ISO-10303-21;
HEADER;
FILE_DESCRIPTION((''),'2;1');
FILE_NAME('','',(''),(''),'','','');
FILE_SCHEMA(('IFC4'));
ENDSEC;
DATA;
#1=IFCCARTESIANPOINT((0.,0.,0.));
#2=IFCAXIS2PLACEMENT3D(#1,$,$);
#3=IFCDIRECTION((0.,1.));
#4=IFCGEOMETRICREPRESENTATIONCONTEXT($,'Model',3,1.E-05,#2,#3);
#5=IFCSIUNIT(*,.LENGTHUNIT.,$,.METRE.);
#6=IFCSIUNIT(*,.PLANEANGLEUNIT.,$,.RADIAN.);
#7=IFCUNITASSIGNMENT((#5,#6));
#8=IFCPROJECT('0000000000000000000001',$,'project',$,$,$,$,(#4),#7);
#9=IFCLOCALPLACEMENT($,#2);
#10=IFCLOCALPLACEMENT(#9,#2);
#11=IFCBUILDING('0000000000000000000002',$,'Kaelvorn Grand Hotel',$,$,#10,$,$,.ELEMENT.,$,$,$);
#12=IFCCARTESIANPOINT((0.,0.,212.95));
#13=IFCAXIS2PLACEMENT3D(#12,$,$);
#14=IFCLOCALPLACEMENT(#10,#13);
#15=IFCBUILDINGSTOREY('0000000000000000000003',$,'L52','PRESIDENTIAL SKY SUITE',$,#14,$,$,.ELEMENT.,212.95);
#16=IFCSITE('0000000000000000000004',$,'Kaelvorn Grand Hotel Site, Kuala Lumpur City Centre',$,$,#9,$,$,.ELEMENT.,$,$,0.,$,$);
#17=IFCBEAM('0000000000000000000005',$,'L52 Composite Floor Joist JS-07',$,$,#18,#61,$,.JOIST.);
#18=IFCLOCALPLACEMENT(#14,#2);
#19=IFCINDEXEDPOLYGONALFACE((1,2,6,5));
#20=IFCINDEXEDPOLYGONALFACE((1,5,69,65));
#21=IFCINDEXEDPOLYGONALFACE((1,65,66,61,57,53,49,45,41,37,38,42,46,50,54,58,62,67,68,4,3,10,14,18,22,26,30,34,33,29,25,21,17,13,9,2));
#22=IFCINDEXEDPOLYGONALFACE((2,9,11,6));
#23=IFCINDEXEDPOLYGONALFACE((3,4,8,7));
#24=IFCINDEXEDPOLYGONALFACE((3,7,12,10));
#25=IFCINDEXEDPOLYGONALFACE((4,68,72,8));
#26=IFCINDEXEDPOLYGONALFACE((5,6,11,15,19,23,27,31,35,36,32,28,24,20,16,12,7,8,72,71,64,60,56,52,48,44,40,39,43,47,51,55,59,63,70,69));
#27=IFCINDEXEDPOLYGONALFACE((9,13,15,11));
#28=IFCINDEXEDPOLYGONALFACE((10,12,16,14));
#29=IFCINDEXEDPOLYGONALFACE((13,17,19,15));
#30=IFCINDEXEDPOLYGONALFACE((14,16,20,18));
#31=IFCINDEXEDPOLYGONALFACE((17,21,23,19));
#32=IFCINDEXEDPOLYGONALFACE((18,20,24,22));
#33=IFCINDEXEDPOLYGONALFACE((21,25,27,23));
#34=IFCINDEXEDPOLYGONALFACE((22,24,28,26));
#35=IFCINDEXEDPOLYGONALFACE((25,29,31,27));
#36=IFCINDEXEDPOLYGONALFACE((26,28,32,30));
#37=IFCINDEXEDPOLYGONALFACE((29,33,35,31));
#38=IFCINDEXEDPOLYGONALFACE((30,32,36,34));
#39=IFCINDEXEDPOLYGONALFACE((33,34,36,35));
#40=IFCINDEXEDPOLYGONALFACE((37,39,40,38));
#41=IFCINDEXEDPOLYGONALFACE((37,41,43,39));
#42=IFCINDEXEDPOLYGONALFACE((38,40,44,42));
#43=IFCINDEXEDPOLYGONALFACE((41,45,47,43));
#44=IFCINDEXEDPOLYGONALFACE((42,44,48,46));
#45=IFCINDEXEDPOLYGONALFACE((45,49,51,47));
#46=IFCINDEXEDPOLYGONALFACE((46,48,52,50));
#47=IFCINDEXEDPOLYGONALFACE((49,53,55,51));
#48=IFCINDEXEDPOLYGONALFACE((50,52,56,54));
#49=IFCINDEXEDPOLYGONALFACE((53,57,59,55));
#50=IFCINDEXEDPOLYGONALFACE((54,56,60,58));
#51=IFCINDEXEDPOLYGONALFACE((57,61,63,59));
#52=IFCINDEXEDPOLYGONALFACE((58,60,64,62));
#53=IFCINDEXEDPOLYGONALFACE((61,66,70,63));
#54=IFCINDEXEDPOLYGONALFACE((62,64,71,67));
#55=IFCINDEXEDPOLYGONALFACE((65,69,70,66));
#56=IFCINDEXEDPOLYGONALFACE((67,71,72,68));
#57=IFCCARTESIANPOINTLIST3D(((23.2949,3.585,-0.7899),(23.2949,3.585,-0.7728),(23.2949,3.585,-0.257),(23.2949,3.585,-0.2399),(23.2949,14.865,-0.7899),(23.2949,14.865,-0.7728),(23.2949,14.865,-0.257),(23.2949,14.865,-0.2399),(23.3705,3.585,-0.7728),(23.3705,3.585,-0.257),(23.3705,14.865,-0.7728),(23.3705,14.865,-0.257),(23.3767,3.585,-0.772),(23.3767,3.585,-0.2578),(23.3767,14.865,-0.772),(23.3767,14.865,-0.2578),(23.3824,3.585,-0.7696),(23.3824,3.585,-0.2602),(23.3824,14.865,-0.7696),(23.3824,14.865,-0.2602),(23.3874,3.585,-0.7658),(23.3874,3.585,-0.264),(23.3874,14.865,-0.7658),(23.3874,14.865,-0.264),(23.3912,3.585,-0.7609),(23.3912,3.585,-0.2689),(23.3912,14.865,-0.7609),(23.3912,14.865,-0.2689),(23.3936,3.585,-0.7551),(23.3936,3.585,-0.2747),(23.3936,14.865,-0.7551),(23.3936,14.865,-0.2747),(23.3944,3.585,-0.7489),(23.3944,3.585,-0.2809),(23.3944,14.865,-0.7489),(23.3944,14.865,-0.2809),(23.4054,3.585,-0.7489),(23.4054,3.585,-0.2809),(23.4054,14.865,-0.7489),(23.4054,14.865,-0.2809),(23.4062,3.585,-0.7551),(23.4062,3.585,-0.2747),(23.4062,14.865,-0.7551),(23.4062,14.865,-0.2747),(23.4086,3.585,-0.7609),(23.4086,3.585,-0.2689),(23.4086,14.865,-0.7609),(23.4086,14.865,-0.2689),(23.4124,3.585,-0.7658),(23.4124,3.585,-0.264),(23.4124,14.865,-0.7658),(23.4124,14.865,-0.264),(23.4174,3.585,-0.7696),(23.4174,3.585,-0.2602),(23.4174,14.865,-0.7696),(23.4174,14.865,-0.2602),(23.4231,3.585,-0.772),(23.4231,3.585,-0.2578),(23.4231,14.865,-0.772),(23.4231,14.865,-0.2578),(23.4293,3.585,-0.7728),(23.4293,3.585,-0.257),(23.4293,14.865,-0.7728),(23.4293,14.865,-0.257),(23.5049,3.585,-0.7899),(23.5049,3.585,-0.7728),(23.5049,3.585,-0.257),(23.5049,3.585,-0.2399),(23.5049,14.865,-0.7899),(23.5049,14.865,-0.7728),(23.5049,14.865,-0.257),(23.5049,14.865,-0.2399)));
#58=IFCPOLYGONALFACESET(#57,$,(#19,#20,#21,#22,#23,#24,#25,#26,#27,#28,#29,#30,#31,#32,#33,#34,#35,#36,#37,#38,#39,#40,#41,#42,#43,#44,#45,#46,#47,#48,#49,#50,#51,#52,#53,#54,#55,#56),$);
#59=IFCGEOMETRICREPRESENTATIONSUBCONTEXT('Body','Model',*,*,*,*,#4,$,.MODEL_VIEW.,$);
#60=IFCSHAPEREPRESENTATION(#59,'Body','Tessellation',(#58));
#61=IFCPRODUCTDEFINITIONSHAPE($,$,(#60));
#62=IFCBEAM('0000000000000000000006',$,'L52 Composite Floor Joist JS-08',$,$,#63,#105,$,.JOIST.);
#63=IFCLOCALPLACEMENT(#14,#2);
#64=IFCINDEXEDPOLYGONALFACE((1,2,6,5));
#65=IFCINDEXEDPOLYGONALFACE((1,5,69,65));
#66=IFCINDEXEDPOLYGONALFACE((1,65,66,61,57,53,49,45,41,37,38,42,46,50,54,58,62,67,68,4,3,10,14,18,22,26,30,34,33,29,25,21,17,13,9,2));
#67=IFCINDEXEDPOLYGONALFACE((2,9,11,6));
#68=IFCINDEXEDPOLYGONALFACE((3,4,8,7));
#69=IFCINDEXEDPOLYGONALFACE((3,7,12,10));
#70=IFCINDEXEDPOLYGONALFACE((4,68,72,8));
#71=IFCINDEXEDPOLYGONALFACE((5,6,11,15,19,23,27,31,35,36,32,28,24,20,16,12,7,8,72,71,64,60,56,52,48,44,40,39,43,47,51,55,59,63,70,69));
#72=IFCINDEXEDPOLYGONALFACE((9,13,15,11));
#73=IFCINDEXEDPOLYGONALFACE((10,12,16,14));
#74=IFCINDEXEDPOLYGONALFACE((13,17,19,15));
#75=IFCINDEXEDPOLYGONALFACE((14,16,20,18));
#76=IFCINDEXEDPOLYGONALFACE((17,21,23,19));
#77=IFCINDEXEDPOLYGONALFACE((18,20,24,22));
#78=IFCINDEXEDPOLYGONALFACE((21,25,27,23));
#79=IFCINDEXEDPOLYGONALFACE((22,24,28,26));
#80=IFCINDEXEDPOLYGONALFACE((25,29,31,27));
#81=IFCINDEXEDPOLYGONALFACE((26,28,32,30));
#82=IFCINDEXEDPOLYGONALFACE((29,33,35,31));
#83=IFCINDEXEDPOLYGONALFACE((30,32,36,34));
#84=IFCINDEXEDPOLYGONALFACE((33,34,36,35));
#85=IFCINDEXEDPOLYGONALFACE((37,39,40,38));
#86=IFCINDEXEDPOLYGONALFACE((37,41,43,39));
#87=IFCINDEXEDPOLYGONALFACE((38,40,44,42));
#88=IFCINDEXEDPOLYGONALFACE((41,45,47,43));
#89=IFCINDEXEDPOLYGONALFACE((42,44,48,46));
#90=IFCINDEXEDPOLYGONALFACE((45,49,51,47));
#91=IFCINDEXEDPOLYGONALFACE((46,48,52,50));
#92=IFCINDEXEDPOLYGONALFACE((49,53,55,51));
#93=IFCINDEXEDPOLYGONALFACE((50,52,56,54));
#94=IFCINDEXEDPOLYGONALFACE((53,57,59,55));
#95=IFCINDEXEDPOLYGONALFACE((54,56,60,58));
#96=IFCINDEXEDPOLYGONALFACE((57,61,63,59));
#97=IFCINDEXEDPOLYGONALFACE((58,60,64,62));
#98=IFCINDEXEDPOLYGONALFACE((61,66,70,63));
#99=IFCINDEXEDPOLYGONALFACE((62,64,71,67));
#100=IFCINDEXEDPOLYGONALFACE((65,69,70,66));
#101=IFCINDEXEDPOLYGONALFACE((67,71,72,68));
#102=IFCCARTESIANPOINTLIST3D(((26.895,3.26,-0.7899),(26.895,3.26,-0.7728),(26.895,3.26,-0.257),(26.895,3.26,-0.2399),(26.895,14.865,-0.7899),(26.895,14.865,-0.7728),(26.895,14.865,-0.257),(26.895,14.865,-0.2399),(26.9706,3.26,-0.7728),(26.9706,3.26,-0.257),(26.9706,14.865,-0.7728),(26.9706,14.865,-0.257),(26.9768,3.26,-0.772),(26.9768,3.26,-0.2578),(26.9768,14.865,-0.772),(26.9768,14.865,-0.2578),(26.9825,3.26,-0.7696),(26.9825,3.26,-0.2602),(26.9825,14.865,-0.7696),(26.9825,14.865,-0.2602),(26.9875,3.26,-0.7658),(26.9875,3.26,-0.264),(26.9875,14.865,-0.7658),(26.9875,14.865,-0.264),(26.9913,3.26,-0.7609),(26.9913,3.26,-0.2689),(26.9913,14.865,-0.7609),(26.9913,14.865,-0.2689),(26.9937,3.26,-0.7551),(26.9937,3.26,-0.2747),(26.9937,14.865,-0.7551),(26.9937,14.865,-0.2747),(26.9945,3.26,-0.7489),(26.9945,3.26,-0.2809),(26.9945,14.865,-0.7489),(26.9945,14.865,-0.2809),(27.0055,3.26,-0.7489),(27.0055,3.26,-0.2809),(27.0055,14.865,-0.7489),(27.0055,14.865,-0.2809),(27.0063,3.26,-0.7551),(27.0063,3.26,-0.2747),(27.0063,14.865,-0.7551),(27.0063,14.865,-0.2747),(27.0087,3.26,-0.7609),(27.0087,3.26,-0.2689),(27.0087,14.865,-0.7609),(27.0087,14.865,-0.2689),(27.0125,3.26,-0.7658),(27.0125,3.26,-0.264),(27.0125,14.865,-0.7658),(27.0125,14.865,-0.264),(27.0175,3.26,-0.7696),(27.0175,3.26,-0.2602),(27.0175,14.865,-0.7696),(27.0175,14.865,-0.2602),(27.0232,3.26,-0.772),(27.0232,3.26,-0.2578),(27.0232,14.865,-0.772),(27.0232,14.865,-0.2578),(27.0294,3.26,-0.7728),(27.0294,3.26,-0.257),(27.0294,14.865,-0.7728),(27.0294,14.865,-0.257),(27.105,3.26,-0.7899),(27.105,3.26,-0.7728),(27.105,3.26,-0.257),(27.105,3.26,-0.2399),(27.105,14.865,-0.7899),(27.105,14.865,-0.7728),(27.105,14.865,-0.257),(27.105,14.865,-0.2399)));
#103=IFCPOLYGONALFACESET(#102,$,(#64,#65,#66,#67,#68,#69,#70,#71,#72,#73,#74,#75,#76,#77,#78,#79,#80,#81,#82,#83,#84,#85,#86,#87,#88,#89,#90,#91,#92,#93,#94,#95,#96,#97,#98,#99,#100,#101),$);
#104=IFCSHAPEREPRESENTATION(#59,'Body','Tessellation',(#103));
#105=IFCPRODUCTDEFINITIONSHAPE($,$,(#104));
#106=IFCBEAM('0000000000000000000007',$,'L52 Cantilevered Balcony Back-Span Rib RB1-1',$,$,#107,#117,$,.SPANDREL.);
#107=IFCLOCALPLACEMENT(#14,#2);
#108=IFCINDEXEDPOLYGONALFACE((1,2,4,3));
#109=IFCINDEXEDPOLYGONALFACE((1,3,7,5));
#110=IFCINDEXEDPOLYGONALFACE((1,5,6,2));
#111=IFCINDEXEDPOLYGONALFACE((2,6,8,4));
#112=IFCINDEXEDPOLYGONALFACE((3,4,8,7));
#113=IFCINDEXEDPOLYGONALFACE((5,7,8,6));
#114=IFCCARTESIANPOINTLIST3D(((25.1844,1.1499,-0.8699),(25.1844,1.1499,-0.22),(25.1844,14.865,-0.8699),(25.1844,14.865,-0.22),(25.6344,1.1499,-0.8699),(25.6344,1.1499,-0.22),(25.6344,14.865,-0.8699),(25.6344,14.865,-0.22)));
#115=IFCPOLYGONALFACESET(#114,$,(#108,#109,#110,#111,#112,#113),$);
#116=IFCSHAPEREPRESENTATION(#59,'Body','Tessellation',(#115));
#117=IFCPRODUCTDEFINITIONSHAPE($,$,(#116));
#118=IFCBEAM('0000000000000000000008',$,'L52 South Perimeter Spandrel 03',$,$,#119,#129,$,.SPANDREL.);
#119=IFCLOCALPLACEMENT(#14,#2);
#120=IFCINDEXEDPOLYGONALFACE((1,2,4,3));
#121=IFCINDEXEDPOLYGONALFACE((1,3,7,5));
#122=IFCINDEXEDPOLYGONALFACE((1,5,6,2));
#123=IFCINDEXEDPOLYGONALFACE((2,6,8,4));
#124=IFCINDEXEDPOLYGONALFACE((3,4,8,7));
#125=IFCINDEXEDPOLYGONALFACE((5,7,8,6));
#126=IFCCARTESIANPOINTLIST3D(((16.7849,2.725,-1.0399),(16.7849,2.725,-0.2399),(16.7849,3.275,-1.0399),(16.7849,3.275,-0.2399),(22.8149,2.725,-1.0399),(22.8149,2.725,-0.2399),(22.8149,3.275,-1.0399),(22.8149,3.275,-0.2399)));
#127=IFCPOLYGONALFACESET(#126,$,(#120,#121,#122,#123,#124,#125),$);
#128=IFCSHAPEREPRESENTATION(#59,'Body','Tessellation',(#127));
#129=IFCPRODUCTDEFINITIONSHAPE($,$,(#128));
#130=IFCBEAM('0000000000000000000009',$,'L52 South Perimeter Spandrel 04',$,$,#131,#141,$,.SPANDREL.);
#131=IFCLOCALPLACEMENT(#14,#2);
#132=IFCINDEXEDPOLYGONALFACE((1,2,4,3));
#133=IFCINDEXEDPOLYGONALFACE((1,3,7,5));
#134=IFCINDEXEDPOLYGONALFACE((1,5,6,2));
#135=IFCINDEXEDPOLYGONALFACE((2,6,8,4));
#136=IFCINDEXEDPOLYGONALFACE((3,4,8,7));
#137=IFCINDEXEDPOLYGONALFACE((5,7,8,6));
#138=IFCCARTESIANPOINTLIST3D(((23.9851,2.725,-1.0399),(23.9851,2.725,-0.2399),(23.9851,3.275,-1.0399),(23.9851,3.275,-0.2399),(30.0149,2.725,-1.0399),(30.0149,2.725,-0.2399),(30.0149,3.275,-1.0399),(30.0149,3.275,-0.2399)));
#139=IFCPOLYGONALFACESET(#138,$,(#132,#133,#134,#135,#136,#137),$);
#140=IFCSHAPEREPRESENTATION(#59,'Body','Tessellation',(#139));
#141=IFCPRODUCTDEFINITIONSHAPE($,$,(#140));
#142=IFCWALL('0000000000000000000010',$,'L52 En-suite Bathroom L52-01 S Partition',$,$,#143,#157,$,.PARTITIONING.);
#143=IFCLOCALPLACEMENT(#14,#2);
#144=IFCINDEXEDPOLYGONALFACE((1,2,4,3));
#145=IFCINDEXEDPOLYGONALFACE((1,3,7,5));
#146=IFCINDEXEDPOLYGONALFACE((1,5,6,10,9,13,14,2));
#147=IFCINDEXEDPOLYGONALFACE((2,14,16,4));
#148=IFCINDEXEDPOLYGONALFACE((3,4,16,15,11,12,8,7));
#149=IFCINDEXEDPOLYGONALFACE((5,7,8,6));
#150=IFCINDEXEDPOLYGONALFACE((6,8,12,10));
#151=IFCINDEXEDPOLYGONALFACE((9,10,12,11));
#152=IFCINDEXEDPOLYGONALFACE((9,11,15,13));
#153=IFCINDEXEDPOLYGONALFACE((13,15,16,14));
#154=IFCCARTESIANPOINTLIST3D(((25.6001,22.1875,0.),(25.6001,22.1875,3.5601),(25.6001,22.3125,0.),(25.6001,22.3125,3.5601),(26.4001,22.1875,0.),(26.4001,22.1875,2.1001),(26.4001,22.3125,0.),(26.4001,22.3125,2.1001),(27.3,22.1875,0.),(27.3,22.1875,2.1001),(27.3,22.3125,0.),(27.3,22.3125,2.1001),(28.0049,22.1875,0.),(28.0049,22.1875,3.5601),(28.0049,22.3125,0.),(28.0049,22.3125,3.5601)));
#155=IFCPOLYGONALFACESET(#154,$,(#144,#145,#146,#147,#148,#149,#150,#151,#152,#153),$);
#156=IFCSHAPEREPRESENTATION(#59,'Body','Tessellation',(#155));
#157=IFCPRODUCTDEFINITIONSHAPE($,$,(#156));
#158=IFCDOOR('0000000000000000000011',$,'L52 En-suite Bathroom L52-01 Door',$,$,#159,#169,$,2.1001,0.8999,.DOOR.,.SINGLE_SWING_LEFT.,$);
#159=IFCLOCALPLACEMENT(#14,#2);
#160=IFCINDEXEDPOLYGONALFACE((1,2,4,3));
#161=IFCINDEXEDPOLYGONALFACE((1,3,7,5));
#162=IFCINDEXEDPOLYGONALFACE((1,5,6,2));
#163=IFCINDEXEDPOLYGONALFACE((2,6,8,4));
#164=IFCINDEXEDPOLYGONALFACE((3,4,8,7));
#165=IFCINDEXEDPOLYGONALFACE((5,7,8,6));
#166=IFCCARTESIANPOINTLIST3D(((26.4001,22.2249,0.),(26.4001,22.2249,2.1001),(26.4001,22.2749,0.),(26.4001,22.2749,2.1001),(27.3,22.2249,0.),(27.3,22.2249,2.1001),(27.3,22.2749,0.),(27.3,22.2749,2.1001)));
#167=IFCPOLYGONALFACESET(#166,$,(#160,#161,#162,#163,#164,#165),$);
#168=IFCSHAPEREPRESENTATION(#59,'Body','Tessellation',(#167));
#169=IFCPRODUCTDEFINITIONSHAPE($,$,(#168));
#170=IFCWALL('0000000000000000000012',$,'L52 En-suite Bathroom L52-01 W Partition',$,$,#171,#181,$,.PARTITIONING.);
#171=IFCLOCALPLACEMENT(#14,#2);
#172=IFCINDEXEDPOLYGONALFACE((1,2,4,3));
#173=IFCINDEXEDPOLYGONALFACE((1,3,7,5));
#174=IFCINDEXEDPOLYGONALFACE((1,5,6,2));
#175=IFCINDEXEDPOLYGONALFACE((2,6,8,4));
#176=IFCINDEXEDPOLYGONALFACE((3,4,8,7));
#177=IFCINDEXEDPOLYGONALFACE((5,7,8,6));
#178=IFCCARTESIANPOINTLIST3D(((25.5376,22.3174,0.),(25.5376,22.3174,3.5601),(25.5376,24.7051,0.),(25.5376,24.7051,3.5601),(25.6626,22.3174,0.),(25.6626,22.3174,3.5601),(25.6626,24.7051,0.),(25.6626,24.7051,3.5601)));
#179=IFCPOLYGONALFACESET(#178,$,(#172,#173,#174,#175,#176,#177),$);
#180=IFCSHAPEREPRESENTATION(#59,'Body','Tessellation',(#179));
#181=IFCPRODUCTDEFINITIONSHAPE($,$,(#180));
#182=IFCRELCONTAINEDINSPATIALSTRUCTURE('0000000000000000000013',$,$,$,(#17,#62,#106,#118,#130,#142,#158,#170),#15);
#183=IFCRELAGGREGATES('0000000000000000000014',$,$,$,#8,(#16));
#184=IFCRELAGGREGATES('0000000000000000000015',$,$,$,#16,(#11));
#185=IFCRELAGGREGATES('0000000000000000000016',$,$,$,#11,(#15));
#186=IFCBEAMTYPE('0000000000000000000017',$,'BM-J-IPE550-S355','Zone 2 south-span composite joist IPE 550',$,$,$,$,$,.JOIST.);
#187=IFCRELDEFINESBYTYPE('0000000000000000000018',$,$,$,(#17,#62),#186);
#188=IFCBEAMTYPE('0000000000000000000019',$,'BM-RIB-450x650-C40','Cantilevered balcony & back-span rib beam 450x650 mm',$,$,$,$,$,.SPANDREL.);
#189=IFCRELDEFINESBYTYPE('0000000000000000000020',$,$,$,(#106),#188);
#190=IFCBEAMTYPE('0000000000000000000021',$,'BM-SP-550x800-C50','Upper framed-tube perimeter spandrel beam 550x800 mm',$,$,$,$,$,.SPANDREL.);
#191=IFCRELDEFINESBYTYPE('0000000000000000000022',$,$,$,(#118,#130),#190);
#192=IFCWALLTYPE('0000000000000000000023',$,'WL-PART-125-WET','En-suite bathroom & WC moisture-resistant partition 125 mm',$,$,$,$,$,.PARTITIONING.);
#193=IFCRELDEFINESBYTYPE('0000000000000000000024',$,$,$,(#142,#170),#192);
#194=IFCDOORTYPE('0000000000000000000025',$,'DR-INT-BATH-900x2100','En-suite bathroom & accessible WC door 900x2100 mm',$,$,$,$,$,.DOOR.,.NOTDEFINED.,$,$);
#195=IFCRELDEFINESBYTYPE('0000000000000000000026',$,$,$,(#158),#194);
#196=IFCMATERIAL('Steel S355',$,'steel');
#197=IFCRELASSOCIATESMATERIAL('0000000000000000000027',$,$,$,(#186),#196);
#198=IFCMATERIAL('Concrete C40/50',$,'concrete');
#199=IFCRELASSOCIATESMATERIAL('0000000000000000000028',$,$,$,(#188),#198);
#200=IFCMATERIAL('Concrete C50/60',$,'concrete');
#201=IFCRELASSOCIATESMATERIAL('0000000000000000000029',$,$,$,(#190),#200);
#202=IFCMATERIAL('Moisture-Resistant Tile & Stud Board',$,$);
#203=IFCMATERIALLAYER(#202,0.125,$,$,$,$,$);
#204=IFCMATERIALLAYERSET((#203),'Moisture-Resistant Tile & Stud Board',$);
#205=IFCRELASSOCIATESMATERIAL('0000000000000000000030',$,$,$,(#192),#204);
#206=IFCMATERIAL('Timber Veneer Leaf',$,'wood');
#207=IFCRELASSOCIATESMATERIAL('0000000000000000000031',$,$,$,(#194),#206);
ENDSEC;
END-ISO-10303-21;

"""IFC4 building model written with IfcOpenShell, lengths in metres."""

from ifc_helpers import new_model, si_unit, direction, frame, frame_2d, origin, origin_2d, place, context, subcontext, project, spatial, rectangle, i_section, extrude, material, layer, layer_set, material_profile, profile_set, type_object, element, fill, save


model = new_model("IFC4")

# Units and contexts
model_context = context("Model", 3, precision=1e-05, world=origin(), true_north=direction((0.0, 1.0)))
body_context = subcontext(model_context, "Body", "Model", "MODEL_VIEW")
ifc_project = project(units=[si_unit("LENGTHUNIT", "METRE"), si_unit("PLANEANGLEUNIT", "RADIAN")], contexts=[model_context])

# Site, building, storey
site_placement = place(None, origin())
site = spatial("IfcSite", under=ifc_project, at=site_placement, Name="Kaelvorn Grand Hotel Site, Kuala Lumpur City Centre", CompositionType="ELEMENT", RefElevation=0.0)
building_placement = place(site_placement, origin())
building = spatial("IfcBuilding", under=site, at=building_placement, Name="Kaelvorn Grand Hotel", CompositionType="ELEMENT")
storey_placement = place(building_placement, frame((0.0, 0.0, 212.95)))
storey = spatial("IfcBuildingStorey", under=building, at=storey_placement, Name="L52", Description="PRESIDENTIAL SKY SUITE", CompositionType="ELEMENT", Elevation=212.95)

# Beams
ifc_material_1 = material(Name="Steel S355", Category="steel")
ifc_material_profile_1 = material_profile(ifc_material_1, i_section(OverallWidth=0.21, OverallDepth=0.55, WebThickness=0.011, FlangeThickness=0.0171, FilletRadius=0.0239, at=origin_2d()), Name="IPE 550")
ifc_profile_set_1 = profile_set([ifc_material_profile_1], Name="Steel S355")
beam_type_1 = type_object("IfcBeamType", Name="BM-J-IPE550-S355", Description="Zone 2 south-span composite joist IPE 550", PredefinedType="JOIST", material=ifc_profile_set_1)
beam_1_placement = place(storey_placement, frame((23.3999, 3.585, -0.5149), z_axis=(0.0, 1.0, 0.0), x_axis=(-1.0, 0.0, 0.0)))
element("IfcBeam", 1, at=beam_1_placement, inside=storey, type_object=beam_type_1, Name="L52 Composite Floor Joist JS-07", PredefinedType="JOIST", context=body_context, shape_type="SweptSolid", body=[
    extrude(i_section(OverallWidth=0.21, OverallDepth=0.55, WebThickness=0.011, FlangeThickness=0.0171, FilletRadius=0.0239, at=origin_2d()), origin(), (0.0, 0.0, 1.0), 11.28),
])
beam_2_placement = place(storey_placement, frame((27.0, 3.26, -0.5149), z_axis=(0.0, 1.0, 0.0), x_axis=(-1.0, 0.0, 0.0)))
element("IfcBeam", 2, at=beam_2_placement, inside=storey, type_object=beam_type_1, Name="L52 Composite Floor Joist JS-08", PredefinedType="JOIST", context=body_context, shape_type="SweptSolid", body=[
    extrude(i_section(OverallWidth=0.21, OverallDepth=0.55, WebThickness=0.011, FlangeThickness=0.0171, FilletRadius=0.0239, at=origin_2d()), origin(), (0.0, 0.0, 1.0), 11.605),
])
ifc_material_2 = material(Name="Concrete C40/50", Category="concrete")
ifc_material_profile_2 = material_profile(ifc_material_2, rectangle(XDim=0.45, YDim=0.6499, at=origin_2d()), Name="RC RIB 450x650")
ifc_profile_set_2 = profile_set([ifc_material_profile_2], Name="Concrete C40/50")
beam_type_2 = type_object("IfcBeamType", Name="BM-RIB-450x650-C40", Description="Cantilevered balcony & back-span rib beam 450x650 mm", PredefinedType="SPANDREL", material=ifc_profile_set_2)
beam_3_placement = place(storey_placement, frame((25.4094, 1.1499, -0.5449), z_axis=(0.0, 1.0, 0.0), x_axis=(-1.0, 0.0, 0.0)))
element("IfcBeam", 3, at=beam_3_placement, inside=storey, type_object=beam_type_2, Name="L52 Cantilevered Balcony Back-Span Rib RB1-1", PredefinedType="SPANDREL", context=body_context, shape_type="SweptSolid", body=[
    extrude(rectangle(XDim=0.45, YDim=0.6499, at=origin_2d()), origin(), (0.0, 0.0, 1.0), 13.7151),
])
ifc_material_3 = material(Name="Concrete C50/60", Category="concrete")
ifc_material_profile_3 = material_profile(ifc_material_3, rectangle(XDim=0.55, YDim=0.8, at=origin_2d()), Name="RC SPANDREL 550x800")
ifc_profile_set_3 = profile_set([ifc_material_profile_3], Name="Concrete C50/60")
beam_type_3 = type_object("IfcBeamType", Name="BM-SP-550x800-C50", Description="Upper framed-tube perimeter spandrel beam 550x800 mm", PredefinedType="SPANDREL", material=ifc_profile_set_3)
beam_4_placement = place(storey_placement, frame((16.7849, 3.0, -0.6399), z_axis=(1.0, 0.0, 0.0), x_axis=(0.0, 1.0, 0.0)))
element("IfcBeam", 4, at=beam_4_placement, inside=storey, type_object=beam_type_3, Name="L52 South Perimeter Spandrel 03", PredefinedType="SPANDREL", context=body_context, shape_type="SweptSolid", body=[
    extrude(rectangle(XDim=0.55, YDim=0.8, at=origin_2d()), origin(), (0.0, 0.0, 1.0), 6.03),
])
beam_5_placement = place(storey_placement, frame((23.9851, 3.0, -0.6399), z_axis=(1.0, 0.0, 0.0), x_axis=(0.0, 1.0, 0.0)))
element("IfcBeam", 5, at=beam_5_placement, inside=storey, type_object=beam_type_3, Name="L52 South Perimeter Spandrel 04", PredefinedType="SPANDREL", context=body_context, shape_type="SweptSolid", body=[
    extrude(rectangle(XDim=0.55, YDim=0.8, at=origin_2d()), origin(), (0.0, 0.0, 1.0), 6.0298),
])

# Wall, opening, door
ifc_material_4 = material(Name="Moisture-Resistant Tile & Stud Board")
ifc_layer_1 = layer(ifc_material_4, 0.125)
ifc_layer_set_1 = layer_set([ifc_layer_1], Name="Moisture-Resistant Tile & Stud Board")
wall_type_1 = type_object("IfcWallType", Name="WL-PART-125-WET", Description="En-suite bathroom & WC moisture-resistant partition 125 mm", PredefinedType="PARTITIONING", material=ifc_layer_set_1)
wall_1_placement = place(storey_placement, frame((25.6001, 22.25, 0.0), z_axis=(0.0, 0.0, 1.0), x_axis=(1.0, 0.0, 0.0)))
wall_1 = element("IfcWall", 6, at=wall_1_placement, inside=storey, type_object=wall_type_1, Name="L52 En-suite Bathroom L52-01 S Partition", PredefinedType="PARTITIONING", context=body_context, shape_type="SweptSolid", body=[
    extrude(rectangle(XDim=2.4048, YDim=0.125, at=frame_2d((1.2024, 0.0))), origin(), (0.0, 0.0, 1.0), 3.5601),
])
opening_1_placement = place(wall_1_placement, frame((0.8, 0.0, 0.0)))
opening_1 = element("IfcOpeningElement", 7, at=opening_1_placement, cuts=wall_1, PredefinedType="OPENING", context=body_context, shape_type="SweptSolid", body=[
    extrude(rectangle(XDim=0.8999, YDim=2.1001, at=frame_2d((0.45, 1.05))), frame((0.0, 0.0725, 0.0), z_axis=(0.0, -1.0, 0.0), x_axis=(1.0, 0.0, 0.0)), (0.0, 0.0, 1.0), 0.145),
])
ifc_material_5 = material(Name="Timber Veneer Leaf", Category="wood")
door_type_1 = type_object("IfcDoorType", Name="DR-INT-BATH-900x2100", Description="En-suite bathroom & accessible WC door 900x2100 mm", OperationType="NOTDEFINED", PredefinedType="DOOR", material=ifc_material_5)
door_1_placement = place(opening_1_placement, origin())
door_1 = element("IfcDoor", 8, at=door_1_placement, inside=storey, type_object=door_type_1, Name="L52 En-suite Bathroom L52-01 Door", OperationType="SINGLE_SWING_LEFT", OverallHeight=2.1001, OverallWidth=0.8999, PredefinedType="DOOR", context=body_context, shape_type="SweptSolid", body=[
    extrude(rectangle(XDim=0.8999, YDim=2.1001, at=frame_2d((0.45, 1.05))), frame((0.0, 0.0249, 0.0), z_axis=(0.0, -1.0, 0.0), x_axis=(1.0, 0.0, 0.0)), (0.0, 0.0, 1.0), 0.05),
])
fill(opening_1, door_1)

# Wall
wall_2_placement = place(storey_placement, frame((25.6001, 22.3174, 0.0), z_axis=(0.0, 0.0, 1.0), x_axis=(0.0, 1.0, 0.0)))
element("IfcWall", 9, at=wall_2_placement, inside=storey, type_object=wall_type_1, Name="L52 En-suite Bathroom L52-01 W Partition", PredefinedType="PARTITIONING", context=body_context, shape_type="SweptSolid", body=[
    extrude(rectangle(XDim=2.3877, YDim=0.125, at=frame_2d((1.1938, 0.0))), origin(), (0.0, 0.0, 1.0), 3.5601),
])

save(model, "model.ifc")
